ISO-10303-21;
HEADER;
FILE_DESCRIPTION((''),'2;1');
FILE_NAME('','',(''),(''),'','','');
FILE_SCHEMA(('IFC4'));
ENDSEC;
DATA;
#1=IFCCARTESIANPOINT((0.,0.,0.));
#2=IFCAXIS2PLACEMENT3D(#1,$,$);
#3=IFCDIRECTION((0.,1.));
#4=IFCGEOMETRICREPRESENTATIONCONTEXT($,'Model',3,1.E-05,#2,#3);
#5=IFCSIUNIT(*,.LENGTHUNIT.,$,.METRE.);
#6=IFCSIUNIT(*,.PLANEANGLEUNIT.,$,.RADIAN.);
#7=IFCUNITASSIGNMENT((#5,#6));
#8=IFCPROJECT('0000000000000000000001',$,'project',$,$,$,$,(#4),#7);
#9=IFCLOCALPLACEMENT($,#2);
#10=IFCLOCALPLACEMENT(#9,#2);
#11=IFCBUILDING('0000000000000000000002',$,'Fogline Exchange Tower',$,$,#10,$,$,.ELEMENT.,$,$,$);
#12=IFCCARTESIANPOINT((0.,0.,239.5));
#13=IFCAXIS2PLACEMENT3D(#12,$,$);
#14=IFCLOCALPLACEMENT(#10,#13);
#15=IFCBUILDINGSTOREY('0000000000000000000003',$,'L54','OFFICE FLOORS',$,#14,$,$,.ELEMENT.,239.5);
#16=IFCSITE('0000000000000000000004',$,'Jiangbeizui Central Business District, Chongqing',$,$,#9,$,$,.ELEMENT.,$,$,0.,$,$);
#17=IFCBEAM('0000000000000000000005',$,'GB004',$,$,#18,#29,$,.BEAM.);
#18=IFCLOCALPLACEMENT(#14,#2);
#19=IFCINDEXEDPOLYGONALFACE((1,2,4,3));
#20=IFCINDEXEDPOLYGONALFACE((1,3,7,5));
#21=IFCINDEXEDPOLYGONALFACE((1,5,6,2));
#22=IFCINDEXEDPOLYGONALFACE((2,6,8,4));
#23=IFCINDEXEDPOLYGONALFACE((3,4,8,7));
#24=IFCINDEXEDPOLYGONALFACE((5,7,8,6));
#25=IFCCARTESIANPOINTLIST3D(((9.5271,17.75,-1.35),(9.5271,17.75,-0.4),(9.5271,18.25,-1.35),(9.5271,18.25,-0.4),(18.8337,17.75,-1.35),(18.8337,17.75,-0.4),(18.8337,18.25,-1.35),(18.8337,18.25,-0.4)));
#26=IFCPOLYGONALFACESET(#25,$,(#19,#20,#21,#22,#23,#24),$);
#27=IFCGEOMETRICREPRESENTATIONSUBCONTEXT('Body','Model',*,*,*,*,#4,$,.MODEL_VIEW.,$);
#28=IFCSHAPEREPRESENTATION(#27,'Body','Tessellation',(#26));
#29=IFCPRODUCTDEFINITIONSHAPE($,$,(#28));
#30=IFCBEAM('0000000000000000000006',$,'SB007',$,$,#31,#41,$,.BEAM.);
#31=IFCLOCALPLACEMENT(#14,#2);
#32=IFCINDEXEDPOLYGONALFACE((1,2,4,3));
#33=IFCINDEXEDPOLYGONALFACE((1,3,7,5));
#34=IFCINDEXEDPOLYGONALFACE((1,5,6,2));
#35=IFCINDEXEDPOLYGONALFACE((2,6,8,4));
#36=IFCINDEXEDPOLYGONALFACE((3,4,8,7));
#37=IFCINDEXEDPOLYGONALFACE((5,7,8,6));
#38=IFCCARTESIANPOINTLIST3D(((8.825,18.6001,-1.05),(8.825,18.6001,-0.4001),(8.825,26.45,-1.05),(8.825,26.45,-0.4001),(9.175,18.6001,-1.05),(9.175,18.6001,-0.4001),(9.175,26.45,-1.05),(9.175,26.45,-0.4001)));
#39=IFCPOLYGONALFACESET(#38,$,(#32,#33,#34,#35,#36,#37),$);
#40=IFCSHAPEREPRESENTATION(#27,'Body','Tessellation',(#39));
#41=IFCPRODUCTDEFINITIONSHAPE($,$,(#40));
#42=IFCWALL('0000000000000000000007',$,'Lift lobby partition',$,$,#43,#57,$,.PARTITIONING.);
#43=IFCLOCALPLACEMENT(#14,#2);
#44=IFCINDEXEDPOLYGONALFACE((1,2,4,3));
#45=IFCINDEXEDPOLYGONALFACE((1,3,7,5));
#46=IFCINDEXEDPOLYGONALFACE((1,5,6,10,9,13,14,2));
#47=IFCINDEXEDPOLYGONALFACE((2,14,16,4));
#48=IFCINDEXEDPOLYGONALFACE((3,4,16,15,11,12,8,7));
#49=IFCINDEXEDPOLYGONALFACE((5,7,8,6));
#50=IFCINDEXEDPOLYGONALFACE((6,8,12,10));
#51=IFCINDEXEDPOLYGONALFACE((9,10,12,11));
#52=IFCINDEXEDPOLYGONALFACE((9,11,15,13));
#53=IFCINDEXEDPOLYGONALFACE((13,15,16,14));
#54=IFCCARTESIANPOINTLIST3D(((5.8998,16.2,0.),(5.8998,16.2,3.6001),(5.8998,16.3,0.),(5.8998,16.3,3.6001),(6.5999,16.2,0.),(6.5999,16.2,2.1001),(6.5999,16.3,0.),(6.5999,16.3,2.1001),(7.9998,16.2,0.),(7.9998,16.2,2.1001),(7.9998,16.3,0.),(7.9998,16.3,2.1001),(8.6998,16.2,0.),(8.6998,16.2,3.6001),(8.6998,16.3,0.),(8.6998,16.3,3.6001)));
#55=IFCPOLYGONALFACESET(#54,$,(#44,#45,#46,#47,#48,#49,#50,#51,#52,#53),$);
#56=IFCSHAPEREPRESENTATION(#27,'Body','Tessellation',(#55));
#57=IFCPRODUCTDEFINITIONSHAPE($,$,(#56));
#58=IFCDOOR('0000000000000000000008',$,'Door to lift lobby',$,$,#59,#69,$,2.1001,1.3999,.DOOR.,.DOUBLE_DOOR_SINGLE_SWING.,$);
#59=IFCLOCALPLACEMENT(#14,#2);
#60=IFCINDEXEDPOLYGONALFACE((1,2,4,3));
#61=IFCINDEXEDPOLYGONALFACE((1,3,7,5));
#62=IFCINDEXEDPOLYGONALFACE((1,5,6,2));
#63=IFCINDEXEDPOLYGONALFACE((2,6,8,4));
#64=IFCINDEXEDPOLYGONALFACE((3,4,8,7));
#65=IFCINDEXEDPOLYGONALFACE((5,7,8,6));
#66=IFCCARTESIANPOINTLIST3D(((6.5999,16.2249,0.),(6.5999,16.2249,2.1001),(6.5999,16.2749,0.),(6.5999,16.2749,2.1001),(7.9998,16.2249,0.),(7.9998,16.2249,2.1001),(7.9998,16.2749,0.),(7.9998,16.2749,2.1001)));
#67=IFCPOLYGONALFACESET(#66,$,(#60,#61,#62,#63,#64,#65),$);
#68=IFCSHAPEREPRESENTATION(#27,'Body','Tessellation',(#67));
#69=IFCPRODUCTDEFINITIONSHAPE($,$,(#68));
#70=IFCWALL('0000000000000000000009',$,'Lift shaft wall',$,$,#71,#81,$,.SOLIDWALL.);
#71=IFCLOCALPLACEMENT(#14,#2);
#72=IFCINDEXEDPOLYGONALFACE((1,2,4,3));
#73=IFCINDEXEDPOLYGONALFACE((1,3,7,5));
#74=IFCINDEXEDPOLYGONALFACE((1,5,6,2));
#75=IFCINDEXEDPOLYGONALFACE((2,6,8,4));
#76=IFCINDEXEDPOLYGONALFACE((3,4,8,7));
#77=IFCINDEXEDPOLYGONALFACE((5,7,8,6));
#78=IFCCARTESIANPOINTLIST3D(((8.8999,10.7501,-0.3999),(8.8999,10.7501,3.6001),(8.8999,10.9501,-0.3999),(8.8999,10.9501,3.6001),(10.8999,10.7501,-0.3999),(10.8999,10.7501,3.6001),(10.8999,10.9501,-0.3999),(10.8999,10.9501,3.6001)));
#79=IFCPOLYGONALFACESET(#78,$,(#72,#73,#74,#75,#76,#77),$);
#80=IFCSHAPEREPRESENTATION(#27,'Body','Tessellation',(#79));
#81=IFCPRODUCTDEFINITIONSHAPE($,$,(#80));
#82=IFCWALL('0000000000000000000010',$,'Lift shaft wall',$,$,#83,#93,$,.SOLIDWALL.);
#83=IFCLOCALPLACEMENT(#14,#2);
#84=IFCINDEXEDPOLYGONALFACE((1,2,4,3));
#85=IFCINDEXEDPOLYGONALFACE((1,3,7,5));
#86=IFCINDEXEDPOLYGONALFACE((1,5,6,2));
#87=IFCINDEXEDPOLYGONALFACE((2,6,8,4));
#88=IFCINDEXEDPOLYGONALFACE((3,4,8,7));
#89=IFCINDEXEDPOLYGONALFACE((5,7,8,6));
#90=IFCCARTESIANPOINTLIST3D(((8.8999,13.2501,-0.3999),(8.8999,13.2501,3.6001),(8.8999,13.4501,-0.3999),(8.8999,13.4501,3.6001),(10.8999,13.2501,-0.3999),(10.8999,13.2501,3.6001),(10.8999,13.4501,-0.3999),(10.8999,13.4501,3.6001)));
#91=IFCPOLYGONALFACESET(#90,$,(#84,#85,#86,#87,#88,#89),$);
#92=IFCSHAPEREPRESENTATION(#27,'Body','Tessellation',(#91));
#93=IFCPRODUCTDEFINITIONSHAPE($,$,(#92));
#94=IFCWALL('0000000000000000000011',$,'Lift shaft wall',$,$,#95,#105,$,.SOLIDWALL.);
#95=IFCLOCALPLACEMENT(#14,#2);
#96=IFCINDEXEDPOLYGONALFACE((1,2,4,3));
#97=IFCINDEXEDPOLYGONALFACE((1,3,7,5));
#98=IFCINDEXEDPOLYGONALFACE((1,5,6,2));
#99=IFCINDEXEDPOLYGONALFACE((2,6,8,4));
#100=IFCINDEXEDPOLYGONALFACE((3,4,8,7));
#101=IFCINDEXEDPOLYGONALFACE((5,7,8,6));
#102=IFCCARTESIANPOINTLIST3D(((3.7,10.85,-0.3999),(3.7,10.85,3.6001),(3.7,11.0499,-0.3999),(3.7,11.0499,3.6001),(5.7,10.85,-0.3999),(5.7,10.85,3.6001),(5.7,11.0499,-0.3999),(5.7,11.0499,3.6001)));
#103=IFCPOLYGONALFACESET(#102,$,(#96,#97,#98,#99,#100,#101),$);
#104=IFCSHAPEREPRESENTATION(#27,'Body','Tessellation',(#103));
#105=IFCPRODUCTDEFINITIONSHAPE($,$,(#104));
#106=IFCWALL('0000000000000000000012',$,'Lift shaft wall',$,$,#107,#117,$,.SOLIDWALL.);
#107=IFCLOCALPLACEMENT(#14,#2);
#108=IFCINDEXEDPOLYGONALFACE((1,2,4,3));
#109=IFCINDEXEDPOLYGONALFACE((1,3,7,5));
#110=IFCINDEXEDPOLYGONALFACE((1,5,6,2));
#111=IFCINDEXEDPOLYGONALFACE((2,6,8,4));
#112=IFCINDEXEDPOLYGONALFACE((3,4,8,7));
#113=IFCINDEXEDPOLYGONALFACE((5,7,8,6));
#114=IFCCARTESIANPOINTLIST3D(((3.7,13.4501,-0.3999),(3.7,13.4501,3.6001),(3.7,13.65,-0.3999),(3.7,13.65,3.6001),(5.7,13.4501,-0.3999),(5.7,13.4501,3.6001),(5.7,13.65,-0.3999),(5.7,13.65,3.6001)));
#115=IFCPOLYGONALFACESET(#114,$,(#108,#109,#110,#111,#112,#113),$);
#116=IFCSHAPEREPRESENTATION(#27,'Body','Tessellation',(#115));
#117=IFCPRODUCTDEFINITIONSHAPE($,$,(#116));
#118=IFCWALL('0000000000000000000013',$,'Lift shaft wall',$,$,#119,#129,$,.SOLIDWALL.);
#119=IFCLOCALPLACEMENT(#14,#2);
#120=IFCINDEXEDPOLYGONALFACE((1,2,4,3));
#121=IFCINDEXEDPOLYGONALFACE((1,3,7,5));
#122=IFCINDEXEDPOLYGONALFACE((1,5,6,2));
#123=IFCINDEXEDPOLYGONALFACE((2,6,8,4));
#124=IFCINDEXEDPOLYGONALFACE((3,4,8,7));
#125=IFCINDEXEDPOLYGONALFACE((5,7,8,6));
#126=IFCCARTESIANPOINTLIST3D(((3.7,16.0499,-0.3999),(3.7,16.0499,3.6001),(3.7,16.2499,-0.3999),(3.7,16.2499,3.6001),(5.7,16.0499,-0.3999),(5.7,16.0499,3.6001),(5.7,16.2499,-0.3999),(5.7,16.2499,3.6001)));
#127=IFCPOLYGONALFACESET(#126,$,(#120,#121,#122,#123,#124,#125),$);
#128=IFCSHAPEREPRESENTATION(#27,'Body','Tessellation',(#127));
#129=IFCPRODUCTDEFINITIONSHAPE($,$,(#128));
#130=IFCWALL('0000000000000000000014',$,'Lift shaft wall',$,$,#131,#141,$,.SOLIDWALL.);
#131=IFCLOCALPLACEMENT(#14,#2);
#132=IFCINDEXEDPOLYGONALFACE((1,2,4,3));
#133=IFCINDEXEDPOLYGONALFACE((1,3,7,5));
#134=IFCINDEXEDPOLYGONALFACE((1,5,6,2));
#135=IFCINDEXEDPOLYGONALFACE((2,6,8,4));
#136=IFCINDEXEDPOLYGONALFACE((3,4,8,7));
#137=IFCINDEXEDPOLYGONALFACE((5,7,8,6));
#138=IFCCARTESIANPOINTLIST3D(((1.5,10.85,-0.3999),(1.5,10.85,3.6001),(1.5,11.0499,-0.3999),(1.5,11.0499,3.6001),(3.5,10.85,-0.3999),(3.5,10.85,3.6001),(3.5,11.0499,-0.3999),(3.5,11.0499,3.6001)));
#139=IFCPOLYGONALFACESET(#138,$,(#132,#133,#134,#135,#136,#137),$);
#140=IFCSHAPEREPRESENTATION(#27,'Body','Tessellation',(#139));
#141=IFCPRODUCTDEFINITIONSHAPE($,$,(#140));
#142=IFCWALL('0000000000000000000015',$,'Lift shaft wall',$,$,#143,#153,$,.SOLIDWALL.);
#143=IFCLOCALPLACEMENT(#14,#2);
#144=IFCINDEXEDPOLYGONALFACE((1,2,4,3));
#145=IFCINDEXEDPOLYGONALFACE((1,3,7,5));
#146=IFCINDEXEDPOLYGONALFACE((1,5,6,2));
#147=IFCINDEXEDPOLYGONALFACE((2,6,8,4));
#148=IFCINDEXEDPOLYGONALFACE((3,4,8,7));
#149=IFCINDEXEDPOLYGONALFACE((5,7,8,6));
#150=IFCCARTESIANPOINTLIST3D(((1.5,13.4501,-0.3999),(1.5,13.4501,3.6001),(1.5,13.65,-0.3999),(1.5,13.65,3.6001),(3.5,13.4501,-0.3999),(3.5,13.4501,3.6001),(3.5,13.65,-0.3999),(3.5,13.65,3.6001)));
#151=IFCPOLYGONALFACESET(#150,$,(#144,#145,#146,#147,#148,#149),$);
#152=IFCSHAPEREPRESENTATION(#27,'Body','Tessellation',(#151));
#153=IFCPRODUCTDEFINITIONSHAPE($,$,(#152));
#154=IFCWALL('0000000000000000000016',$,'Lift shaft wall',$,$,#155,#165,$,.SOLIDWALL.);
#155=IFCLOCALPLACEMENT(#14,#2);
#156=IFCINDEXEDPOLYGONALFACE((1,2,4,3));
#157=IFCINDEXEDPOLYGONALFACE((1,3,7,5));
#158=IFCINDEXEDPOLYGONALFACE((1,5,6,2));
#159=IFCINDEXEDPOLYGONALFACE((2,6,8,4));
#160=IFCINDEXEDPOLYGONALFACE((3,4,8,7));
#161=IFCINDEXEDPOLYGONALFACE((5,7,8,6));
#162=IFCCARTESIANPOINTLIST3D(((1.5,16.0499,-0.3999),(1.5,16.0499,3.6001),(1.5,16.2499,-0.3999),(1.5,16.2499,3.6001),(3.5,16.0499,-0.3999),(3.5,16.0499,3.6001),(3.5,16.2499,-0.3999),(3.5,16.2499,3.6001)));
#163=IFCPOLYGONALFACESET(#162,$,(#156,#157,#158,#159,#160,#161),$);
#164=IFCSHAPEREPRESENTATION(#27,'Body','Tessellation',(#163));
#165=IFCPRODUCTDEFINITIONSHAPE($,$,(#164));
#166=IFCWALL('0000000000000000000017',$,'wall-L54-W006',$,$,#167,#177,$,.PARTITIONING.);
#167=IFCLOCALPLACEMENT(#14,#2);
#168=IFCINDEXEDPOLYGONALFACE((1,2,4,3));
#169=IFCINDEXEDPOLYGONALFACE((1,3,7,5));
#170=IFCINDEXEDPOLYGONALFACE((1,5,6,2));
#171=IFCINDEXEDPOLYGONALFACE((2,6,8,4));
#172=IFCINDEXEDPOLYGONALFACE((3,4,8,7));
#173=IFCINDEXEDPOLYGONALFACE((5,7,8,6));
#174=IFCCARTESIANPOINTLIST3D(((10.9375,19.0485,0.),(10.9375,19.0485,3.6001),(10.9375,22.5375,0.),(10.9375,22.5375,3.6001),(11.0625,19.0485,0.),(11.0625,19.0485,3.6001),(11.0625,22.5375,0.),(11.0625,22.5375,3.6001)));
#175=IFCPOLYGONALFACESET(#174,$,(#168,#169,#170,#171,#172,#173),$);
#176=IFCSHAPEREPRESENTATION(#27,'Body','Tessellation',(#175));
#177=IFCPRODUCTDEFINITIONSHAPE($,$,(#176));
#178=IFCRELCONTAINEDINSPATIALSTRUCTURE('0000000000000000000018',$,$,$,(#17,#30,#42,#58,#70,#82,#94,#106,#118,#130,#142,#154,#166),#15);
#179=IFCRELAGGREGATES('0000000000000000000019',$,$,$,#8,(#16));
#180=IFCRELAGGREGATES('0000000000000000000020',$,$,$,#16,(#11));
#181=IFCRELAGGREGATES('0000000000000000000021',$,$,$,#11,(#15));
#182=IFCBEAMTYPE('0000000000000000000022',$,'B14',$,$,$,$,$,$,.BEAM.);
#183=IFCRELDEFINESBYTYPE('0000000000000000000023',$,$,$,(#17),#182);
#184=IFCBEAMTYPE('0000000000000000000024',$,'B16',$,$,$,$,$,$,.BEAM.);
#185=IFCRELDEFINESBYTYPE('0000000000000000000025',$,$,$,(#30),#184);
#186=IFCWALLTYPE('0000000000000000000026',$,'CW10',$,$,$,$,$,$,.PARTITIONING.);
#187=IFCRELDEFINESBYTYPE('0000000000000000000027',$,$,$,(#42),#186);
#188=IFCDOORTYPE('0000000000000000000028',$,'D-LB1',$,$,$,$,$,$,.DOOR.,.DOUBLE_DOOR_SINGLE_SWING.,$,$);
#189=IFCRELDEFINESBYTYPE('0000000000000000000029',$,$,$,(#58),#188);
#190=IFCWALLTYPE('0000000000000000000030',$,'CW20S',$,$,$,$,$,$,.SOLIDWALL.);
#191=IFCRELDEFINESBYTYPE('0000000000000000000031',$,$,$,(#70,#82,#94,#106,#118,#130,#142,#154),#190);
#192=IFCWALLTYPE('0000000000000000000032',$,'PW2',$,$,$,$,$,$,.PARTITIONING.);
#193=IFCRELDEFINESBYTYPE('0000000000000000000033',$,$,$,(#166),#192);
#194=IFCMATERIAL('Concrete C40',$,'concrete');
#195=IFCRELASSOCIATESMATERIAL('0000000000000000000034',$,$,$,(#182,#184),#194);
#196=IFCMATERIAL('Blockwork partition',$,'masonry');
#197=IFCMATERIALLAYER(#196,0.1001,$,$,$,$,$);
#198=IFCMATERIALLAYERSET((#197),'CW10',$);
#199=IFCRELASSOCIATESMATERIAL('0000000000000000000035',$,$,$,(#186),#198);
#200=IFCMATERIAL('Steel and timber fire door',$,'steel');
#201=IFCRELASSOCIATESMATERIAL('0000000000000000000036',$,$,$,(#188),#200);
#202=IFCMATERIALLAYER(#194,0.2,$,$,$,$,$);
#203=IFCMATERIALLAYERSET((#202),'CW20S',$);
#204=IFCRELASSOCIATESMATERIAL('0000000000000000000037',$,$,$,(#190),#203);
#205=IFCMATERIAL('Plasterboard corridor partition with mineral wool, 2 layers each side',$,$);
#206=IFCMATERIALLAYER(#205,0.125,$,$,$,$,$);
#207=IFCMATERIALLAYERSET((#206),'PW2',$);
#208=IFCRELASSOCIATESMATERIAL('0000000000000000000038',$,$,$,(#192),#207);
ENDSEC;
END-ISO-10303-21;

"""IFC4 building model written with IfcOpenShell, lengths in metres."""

from ifc_helpers import new_model, si_unit, direction, frame, frame_2d, origin, origin_2d, place, context, subcontext, project, spatial, rectangle, extrude, material, layer, layer_set, material_profile, profile_set, type_object, element, fill, save


model = new_model("IFC4")

# Units and contexts
model_context = context("Model", 3, precision=1e-05, world=origin(), true_north=direction((0.0, 1.0)))
body_context = subcontext(model_context, "Body", "Model", "MODEL_VIEW")
ifc_project = project(units=[si_unit("LENGTHUNIT", "METRE"), si_unit("PLANEANGLEUNIT", "RADIAN")], contexts=[model_context])

# Site, building, storey
site_placement = place(None, origin())
site = spatial("IfcSite", under=ifc_project, at=site_placement, Name="Jiangbeizui Central Business District, Chongqing", CompositionType="ELEMENT", RefElevation=0.0)
building_placement = place(site_placement, origin())
building = spatial("IfcBuilding", under=site, at=building_placement, Name="Fogline Exchange Tower", CompositionType="ELEMENT")
storey_placement = place(building_placement, frame((0.0, 0.0, 239.5)))
storey = spatial("IfcBuildingStorey", under=building, at=storey_placement, Name="L54", Description="OFFICE FLOORS", CompositionType="ELEMENT", Elevation=239.5)

# Beams
ifc_material_1 = material(Name="Concrete C40", Category="concrete")
ifc_material_profile_1 = material_profile(ifc_material_1, rectangle(XDim=0.5, YDim=0.95, at=origin_2d()), Name="RC 500x950")
ifc_profile_set_1 = profile_set([ifc_material_profile_1], Name="Concrete C40")
beam_type_1 = type_object("IfcBeamType", Name="B14", PredefinedType="BEAM", material=ifc_profile_set_1)
beam_1_placement = place(storey_placement, frame((9.5271, 18.0, -0.875), z_axis=(1.0, 0.0, 0.0), x_axis=(0.0, 1.0, 0.0)))
element("IfcBeam", 1, at=beam_1_placement, inside=storey, type_object=beam_type_1, Name="GB004", PredefinedType="BEAM", context=body_context, shape_type="SweptSolid", body=[
    extrude(rectangle(XDim=0.5, YDim=0.95, at=origin_2d()), origin(), (0.0, 0.0, 1.0), 9.3066),
])
ifc_material_profile_2 = material_profile(ifc_material_1, rectangle(XDim=0.3501, YDim=0.6499, at=origin_2d()), Name="RC 350x650")
ifc_profile_set_2 = profile_set([ifc_material_profile_2], Name="Concrete C40")
beam_type_2 = type_object("IfcBeamType", Name="B16", PredefinedType="BEAM", material=ifc_profile_set_2)
beam_2_placement = place(storey_placement, frame((9.0, 18.6001, -0.7251), z_axis=(0.0, 1.0, 0.0), x_axis=(-1.0, 0.0, 0.0)))
element("IfcBeam", 2, at=beam_2_placement, inside=storey, type_object=beam_type_2, Name="SB007", PredefinedType="BEAM", context=body_context, shape_type="SweptSolid", body=[
    extrude(rectangle(XDim=0.3501, YDim=0.6499, at=origin_2d()), origin(), (0.0, 0.0, 1.0), 7.8499),
])

# Wall, opening, door
ifc_material_2 = material(Name="Blockwork partition", Category="masonry")
ifc_layer_1 = layer(ifc_material_2, 0.1001)
ifc_layer_set_1 = layer_set([ifc_layer_1], Name="CW10")
wall_type_1 = type_object("IfcWallType", Name="CW10", PredefinedType="PARTITIONING", material=ifc_layer_set_1)
wall_1_placement = place(storey_placement, frame((5.8999, 16.25, 0.0), z_axis=(0.0, 0.0, 1.0), x_axis=(1.0, 0.0, 0.0)))
wall_1 = element("IfcWall", 3, at=wall_1_placement, inside=storey, type_object=wall_type_1, Name="Lift lobby partition", PredefinedType="PARTITIONING", context=body_context, shape_type="SweptSolid", body=[
    extrude(rectangle(XDim=2.8, YDim=0.1001, at=frame_2d((1.3999, 0.0))), origin(), (0.0, 0.0, 1.0), 3.6001),
])
opening_1_placement = place(wall_1_placement, frame((0.7, 0.0, 0.0)))
opening_1 = element("IfcOpeningElement", 4, at=opening_1_placement, cuts=wall_1, PredefinedType="OPENING", context=body_context, shape_type="SweptSolid", body=[
    extrude(rectangle(XDim=1.3999, YDim=2.1001, at=frame_2d((0.7, 1.05))), frame((0.0, 0.0601, 0.0), z_axis=(0.0, -1.0, 0.0), x_axis=(1.0, 0.0, 0.0)), (0.0, 0.0, 1.0), 0.1201),
])
ifc_material_3 = material(Name="Steel and timber fire door", Category="steel")
door_type_1 = type_object("IfcDoorType", Name="D-LB1", OperationType="DOUBLE_DOOR_SINGLE_SWING", PredefinedType="DOOR", material=ifc_material_3)
door_1_placement = place(opening_1_placement, origin())
door_1 = element("IfcDoor", 5, at=door_1_placement, inside=storey, type_object=door_type_1, Name="Door to lift lobby", OperationType="DOUBLE_DOOR_SINGLE_SWING", OverallHeight=2.1001, OverallWidth=1.3999, PredefinedType="DOOR", context=body_context, shape_type="SweptSolid", body=[
    extrude(rectangle(XDim=1.3999, YDim=2.1001, at=frame_2d((0.7, 1.05))), frame((0.0, 0.0249, 0.0), z_axis=(0.0, -1.0, 0.0), x_axis=(1.0, 0.0, 0.0)), (0.0, 0.0, 1.0), 0.05),
])
fill(opening_1, door_1)

# Walls
ifc_layer_2 = layer(ifc_material_1, 0.2)
ifc_layer_set_2 = layer_set([ifc_layer_2], Name="CW20S")
wall_type_2 = type_object("IfcWallType", Name="CW20S", PredefinedType="SOLIDWALL", material=ifc_layer_set_2)
for number, where, z_axis, x_axis, name in (
    (6, (8.8999, 10.8501, -0.3999), (0.0, 0.0, 1.0), (1.0, 0.0, 0.0), "Lift shaft wall"),
    (7, (8.8999, 13.3501, -0.3999), (0.0, 0.0, 1.0), (1.0, 0.0, 0.0), "Lift shaft wall"),
    (8, (3.7, 10.95, -0.3999), (0.0, 0.0, 1.0), (1.0, 0.0, 0.0), "Lift shaft wall"),
    (9, (3.7, 13.55, -0.3999), (0.0, 0.0, 1.0), (1.0, 0.0, 0.0), "Lift shaft wall"),
    (10, (3.7, 16.1499, -0.3999), (0.0, 0.0, 1.0), (1.0, 0.0, 0.0), "Lift shaft wall"),
    (11, (1.5, 10.95, -0.3999), (0.0, 0.0, 1.0), (1.0, 0.0, 0.0), "Lift shaft wall"),
    (12, (1.5, 13.55, -0.3999), (0.0, 0.0, 1.0), (1.0, 0.0, 0.0), "Lift shaft wall"),
    (13, (1.5, 16.1499, -0.3999), (0.0, 0.0, 1.0), (1.0, 0.0, 0.0), "Lift shaft wall"),
):
    element("IfcWall", number, at=place(storey_placement, frame(where, z_axis=z_axis, x_axis=x_axis)), inside=storey, type_object=wall_type_2, Name=name, PredefinedType="SOLIDWALL", context=body_context, shape_type="SweptSolid", body=[
        extrude(rectangle(XDim=2.0, YDim=0.2, at=frame_2d((1.0, 0.0))), origin(), (0.0, 0.0, 1.0), 4.0),
    ])
ifc_material_4 = material(Name="Plasterboard corridor partition with mineral wool, 2 layers each side")
ifc_layer_3 = layer(ifc_material_4, 0.125)
ifc_layer_set_3 = layer_set([ifc_layer_3], Name="PW2")
wall_type_3 = type_object("IfcWallType", Name="PW2", PredefinedType="PARTITIONING", material=ifc_layer_set_3)
wall_2_placement = place(storey_placement, frame((11.0, 22.5376, 0.0), z_axis=(0.0, 0.0, 1.0), x_axis=(0.0, -1.0, 0.0)))
element("IfcWall", 14, at=wall_2_placement, inside=storey, type_object=wall_type_3, Name="wall-L54-W006", PredefinedType="PARTITIONING", context=body_context, shape_type="SweptSolid", body=[
    extrude(rectangle(XDim=3.489, YDim=0.125, at=frame_2d((1.7446, 0.0))), origin(), (0.0, 0.0, 1.0), 3.6001),
])

save(model, "model.ifc")
